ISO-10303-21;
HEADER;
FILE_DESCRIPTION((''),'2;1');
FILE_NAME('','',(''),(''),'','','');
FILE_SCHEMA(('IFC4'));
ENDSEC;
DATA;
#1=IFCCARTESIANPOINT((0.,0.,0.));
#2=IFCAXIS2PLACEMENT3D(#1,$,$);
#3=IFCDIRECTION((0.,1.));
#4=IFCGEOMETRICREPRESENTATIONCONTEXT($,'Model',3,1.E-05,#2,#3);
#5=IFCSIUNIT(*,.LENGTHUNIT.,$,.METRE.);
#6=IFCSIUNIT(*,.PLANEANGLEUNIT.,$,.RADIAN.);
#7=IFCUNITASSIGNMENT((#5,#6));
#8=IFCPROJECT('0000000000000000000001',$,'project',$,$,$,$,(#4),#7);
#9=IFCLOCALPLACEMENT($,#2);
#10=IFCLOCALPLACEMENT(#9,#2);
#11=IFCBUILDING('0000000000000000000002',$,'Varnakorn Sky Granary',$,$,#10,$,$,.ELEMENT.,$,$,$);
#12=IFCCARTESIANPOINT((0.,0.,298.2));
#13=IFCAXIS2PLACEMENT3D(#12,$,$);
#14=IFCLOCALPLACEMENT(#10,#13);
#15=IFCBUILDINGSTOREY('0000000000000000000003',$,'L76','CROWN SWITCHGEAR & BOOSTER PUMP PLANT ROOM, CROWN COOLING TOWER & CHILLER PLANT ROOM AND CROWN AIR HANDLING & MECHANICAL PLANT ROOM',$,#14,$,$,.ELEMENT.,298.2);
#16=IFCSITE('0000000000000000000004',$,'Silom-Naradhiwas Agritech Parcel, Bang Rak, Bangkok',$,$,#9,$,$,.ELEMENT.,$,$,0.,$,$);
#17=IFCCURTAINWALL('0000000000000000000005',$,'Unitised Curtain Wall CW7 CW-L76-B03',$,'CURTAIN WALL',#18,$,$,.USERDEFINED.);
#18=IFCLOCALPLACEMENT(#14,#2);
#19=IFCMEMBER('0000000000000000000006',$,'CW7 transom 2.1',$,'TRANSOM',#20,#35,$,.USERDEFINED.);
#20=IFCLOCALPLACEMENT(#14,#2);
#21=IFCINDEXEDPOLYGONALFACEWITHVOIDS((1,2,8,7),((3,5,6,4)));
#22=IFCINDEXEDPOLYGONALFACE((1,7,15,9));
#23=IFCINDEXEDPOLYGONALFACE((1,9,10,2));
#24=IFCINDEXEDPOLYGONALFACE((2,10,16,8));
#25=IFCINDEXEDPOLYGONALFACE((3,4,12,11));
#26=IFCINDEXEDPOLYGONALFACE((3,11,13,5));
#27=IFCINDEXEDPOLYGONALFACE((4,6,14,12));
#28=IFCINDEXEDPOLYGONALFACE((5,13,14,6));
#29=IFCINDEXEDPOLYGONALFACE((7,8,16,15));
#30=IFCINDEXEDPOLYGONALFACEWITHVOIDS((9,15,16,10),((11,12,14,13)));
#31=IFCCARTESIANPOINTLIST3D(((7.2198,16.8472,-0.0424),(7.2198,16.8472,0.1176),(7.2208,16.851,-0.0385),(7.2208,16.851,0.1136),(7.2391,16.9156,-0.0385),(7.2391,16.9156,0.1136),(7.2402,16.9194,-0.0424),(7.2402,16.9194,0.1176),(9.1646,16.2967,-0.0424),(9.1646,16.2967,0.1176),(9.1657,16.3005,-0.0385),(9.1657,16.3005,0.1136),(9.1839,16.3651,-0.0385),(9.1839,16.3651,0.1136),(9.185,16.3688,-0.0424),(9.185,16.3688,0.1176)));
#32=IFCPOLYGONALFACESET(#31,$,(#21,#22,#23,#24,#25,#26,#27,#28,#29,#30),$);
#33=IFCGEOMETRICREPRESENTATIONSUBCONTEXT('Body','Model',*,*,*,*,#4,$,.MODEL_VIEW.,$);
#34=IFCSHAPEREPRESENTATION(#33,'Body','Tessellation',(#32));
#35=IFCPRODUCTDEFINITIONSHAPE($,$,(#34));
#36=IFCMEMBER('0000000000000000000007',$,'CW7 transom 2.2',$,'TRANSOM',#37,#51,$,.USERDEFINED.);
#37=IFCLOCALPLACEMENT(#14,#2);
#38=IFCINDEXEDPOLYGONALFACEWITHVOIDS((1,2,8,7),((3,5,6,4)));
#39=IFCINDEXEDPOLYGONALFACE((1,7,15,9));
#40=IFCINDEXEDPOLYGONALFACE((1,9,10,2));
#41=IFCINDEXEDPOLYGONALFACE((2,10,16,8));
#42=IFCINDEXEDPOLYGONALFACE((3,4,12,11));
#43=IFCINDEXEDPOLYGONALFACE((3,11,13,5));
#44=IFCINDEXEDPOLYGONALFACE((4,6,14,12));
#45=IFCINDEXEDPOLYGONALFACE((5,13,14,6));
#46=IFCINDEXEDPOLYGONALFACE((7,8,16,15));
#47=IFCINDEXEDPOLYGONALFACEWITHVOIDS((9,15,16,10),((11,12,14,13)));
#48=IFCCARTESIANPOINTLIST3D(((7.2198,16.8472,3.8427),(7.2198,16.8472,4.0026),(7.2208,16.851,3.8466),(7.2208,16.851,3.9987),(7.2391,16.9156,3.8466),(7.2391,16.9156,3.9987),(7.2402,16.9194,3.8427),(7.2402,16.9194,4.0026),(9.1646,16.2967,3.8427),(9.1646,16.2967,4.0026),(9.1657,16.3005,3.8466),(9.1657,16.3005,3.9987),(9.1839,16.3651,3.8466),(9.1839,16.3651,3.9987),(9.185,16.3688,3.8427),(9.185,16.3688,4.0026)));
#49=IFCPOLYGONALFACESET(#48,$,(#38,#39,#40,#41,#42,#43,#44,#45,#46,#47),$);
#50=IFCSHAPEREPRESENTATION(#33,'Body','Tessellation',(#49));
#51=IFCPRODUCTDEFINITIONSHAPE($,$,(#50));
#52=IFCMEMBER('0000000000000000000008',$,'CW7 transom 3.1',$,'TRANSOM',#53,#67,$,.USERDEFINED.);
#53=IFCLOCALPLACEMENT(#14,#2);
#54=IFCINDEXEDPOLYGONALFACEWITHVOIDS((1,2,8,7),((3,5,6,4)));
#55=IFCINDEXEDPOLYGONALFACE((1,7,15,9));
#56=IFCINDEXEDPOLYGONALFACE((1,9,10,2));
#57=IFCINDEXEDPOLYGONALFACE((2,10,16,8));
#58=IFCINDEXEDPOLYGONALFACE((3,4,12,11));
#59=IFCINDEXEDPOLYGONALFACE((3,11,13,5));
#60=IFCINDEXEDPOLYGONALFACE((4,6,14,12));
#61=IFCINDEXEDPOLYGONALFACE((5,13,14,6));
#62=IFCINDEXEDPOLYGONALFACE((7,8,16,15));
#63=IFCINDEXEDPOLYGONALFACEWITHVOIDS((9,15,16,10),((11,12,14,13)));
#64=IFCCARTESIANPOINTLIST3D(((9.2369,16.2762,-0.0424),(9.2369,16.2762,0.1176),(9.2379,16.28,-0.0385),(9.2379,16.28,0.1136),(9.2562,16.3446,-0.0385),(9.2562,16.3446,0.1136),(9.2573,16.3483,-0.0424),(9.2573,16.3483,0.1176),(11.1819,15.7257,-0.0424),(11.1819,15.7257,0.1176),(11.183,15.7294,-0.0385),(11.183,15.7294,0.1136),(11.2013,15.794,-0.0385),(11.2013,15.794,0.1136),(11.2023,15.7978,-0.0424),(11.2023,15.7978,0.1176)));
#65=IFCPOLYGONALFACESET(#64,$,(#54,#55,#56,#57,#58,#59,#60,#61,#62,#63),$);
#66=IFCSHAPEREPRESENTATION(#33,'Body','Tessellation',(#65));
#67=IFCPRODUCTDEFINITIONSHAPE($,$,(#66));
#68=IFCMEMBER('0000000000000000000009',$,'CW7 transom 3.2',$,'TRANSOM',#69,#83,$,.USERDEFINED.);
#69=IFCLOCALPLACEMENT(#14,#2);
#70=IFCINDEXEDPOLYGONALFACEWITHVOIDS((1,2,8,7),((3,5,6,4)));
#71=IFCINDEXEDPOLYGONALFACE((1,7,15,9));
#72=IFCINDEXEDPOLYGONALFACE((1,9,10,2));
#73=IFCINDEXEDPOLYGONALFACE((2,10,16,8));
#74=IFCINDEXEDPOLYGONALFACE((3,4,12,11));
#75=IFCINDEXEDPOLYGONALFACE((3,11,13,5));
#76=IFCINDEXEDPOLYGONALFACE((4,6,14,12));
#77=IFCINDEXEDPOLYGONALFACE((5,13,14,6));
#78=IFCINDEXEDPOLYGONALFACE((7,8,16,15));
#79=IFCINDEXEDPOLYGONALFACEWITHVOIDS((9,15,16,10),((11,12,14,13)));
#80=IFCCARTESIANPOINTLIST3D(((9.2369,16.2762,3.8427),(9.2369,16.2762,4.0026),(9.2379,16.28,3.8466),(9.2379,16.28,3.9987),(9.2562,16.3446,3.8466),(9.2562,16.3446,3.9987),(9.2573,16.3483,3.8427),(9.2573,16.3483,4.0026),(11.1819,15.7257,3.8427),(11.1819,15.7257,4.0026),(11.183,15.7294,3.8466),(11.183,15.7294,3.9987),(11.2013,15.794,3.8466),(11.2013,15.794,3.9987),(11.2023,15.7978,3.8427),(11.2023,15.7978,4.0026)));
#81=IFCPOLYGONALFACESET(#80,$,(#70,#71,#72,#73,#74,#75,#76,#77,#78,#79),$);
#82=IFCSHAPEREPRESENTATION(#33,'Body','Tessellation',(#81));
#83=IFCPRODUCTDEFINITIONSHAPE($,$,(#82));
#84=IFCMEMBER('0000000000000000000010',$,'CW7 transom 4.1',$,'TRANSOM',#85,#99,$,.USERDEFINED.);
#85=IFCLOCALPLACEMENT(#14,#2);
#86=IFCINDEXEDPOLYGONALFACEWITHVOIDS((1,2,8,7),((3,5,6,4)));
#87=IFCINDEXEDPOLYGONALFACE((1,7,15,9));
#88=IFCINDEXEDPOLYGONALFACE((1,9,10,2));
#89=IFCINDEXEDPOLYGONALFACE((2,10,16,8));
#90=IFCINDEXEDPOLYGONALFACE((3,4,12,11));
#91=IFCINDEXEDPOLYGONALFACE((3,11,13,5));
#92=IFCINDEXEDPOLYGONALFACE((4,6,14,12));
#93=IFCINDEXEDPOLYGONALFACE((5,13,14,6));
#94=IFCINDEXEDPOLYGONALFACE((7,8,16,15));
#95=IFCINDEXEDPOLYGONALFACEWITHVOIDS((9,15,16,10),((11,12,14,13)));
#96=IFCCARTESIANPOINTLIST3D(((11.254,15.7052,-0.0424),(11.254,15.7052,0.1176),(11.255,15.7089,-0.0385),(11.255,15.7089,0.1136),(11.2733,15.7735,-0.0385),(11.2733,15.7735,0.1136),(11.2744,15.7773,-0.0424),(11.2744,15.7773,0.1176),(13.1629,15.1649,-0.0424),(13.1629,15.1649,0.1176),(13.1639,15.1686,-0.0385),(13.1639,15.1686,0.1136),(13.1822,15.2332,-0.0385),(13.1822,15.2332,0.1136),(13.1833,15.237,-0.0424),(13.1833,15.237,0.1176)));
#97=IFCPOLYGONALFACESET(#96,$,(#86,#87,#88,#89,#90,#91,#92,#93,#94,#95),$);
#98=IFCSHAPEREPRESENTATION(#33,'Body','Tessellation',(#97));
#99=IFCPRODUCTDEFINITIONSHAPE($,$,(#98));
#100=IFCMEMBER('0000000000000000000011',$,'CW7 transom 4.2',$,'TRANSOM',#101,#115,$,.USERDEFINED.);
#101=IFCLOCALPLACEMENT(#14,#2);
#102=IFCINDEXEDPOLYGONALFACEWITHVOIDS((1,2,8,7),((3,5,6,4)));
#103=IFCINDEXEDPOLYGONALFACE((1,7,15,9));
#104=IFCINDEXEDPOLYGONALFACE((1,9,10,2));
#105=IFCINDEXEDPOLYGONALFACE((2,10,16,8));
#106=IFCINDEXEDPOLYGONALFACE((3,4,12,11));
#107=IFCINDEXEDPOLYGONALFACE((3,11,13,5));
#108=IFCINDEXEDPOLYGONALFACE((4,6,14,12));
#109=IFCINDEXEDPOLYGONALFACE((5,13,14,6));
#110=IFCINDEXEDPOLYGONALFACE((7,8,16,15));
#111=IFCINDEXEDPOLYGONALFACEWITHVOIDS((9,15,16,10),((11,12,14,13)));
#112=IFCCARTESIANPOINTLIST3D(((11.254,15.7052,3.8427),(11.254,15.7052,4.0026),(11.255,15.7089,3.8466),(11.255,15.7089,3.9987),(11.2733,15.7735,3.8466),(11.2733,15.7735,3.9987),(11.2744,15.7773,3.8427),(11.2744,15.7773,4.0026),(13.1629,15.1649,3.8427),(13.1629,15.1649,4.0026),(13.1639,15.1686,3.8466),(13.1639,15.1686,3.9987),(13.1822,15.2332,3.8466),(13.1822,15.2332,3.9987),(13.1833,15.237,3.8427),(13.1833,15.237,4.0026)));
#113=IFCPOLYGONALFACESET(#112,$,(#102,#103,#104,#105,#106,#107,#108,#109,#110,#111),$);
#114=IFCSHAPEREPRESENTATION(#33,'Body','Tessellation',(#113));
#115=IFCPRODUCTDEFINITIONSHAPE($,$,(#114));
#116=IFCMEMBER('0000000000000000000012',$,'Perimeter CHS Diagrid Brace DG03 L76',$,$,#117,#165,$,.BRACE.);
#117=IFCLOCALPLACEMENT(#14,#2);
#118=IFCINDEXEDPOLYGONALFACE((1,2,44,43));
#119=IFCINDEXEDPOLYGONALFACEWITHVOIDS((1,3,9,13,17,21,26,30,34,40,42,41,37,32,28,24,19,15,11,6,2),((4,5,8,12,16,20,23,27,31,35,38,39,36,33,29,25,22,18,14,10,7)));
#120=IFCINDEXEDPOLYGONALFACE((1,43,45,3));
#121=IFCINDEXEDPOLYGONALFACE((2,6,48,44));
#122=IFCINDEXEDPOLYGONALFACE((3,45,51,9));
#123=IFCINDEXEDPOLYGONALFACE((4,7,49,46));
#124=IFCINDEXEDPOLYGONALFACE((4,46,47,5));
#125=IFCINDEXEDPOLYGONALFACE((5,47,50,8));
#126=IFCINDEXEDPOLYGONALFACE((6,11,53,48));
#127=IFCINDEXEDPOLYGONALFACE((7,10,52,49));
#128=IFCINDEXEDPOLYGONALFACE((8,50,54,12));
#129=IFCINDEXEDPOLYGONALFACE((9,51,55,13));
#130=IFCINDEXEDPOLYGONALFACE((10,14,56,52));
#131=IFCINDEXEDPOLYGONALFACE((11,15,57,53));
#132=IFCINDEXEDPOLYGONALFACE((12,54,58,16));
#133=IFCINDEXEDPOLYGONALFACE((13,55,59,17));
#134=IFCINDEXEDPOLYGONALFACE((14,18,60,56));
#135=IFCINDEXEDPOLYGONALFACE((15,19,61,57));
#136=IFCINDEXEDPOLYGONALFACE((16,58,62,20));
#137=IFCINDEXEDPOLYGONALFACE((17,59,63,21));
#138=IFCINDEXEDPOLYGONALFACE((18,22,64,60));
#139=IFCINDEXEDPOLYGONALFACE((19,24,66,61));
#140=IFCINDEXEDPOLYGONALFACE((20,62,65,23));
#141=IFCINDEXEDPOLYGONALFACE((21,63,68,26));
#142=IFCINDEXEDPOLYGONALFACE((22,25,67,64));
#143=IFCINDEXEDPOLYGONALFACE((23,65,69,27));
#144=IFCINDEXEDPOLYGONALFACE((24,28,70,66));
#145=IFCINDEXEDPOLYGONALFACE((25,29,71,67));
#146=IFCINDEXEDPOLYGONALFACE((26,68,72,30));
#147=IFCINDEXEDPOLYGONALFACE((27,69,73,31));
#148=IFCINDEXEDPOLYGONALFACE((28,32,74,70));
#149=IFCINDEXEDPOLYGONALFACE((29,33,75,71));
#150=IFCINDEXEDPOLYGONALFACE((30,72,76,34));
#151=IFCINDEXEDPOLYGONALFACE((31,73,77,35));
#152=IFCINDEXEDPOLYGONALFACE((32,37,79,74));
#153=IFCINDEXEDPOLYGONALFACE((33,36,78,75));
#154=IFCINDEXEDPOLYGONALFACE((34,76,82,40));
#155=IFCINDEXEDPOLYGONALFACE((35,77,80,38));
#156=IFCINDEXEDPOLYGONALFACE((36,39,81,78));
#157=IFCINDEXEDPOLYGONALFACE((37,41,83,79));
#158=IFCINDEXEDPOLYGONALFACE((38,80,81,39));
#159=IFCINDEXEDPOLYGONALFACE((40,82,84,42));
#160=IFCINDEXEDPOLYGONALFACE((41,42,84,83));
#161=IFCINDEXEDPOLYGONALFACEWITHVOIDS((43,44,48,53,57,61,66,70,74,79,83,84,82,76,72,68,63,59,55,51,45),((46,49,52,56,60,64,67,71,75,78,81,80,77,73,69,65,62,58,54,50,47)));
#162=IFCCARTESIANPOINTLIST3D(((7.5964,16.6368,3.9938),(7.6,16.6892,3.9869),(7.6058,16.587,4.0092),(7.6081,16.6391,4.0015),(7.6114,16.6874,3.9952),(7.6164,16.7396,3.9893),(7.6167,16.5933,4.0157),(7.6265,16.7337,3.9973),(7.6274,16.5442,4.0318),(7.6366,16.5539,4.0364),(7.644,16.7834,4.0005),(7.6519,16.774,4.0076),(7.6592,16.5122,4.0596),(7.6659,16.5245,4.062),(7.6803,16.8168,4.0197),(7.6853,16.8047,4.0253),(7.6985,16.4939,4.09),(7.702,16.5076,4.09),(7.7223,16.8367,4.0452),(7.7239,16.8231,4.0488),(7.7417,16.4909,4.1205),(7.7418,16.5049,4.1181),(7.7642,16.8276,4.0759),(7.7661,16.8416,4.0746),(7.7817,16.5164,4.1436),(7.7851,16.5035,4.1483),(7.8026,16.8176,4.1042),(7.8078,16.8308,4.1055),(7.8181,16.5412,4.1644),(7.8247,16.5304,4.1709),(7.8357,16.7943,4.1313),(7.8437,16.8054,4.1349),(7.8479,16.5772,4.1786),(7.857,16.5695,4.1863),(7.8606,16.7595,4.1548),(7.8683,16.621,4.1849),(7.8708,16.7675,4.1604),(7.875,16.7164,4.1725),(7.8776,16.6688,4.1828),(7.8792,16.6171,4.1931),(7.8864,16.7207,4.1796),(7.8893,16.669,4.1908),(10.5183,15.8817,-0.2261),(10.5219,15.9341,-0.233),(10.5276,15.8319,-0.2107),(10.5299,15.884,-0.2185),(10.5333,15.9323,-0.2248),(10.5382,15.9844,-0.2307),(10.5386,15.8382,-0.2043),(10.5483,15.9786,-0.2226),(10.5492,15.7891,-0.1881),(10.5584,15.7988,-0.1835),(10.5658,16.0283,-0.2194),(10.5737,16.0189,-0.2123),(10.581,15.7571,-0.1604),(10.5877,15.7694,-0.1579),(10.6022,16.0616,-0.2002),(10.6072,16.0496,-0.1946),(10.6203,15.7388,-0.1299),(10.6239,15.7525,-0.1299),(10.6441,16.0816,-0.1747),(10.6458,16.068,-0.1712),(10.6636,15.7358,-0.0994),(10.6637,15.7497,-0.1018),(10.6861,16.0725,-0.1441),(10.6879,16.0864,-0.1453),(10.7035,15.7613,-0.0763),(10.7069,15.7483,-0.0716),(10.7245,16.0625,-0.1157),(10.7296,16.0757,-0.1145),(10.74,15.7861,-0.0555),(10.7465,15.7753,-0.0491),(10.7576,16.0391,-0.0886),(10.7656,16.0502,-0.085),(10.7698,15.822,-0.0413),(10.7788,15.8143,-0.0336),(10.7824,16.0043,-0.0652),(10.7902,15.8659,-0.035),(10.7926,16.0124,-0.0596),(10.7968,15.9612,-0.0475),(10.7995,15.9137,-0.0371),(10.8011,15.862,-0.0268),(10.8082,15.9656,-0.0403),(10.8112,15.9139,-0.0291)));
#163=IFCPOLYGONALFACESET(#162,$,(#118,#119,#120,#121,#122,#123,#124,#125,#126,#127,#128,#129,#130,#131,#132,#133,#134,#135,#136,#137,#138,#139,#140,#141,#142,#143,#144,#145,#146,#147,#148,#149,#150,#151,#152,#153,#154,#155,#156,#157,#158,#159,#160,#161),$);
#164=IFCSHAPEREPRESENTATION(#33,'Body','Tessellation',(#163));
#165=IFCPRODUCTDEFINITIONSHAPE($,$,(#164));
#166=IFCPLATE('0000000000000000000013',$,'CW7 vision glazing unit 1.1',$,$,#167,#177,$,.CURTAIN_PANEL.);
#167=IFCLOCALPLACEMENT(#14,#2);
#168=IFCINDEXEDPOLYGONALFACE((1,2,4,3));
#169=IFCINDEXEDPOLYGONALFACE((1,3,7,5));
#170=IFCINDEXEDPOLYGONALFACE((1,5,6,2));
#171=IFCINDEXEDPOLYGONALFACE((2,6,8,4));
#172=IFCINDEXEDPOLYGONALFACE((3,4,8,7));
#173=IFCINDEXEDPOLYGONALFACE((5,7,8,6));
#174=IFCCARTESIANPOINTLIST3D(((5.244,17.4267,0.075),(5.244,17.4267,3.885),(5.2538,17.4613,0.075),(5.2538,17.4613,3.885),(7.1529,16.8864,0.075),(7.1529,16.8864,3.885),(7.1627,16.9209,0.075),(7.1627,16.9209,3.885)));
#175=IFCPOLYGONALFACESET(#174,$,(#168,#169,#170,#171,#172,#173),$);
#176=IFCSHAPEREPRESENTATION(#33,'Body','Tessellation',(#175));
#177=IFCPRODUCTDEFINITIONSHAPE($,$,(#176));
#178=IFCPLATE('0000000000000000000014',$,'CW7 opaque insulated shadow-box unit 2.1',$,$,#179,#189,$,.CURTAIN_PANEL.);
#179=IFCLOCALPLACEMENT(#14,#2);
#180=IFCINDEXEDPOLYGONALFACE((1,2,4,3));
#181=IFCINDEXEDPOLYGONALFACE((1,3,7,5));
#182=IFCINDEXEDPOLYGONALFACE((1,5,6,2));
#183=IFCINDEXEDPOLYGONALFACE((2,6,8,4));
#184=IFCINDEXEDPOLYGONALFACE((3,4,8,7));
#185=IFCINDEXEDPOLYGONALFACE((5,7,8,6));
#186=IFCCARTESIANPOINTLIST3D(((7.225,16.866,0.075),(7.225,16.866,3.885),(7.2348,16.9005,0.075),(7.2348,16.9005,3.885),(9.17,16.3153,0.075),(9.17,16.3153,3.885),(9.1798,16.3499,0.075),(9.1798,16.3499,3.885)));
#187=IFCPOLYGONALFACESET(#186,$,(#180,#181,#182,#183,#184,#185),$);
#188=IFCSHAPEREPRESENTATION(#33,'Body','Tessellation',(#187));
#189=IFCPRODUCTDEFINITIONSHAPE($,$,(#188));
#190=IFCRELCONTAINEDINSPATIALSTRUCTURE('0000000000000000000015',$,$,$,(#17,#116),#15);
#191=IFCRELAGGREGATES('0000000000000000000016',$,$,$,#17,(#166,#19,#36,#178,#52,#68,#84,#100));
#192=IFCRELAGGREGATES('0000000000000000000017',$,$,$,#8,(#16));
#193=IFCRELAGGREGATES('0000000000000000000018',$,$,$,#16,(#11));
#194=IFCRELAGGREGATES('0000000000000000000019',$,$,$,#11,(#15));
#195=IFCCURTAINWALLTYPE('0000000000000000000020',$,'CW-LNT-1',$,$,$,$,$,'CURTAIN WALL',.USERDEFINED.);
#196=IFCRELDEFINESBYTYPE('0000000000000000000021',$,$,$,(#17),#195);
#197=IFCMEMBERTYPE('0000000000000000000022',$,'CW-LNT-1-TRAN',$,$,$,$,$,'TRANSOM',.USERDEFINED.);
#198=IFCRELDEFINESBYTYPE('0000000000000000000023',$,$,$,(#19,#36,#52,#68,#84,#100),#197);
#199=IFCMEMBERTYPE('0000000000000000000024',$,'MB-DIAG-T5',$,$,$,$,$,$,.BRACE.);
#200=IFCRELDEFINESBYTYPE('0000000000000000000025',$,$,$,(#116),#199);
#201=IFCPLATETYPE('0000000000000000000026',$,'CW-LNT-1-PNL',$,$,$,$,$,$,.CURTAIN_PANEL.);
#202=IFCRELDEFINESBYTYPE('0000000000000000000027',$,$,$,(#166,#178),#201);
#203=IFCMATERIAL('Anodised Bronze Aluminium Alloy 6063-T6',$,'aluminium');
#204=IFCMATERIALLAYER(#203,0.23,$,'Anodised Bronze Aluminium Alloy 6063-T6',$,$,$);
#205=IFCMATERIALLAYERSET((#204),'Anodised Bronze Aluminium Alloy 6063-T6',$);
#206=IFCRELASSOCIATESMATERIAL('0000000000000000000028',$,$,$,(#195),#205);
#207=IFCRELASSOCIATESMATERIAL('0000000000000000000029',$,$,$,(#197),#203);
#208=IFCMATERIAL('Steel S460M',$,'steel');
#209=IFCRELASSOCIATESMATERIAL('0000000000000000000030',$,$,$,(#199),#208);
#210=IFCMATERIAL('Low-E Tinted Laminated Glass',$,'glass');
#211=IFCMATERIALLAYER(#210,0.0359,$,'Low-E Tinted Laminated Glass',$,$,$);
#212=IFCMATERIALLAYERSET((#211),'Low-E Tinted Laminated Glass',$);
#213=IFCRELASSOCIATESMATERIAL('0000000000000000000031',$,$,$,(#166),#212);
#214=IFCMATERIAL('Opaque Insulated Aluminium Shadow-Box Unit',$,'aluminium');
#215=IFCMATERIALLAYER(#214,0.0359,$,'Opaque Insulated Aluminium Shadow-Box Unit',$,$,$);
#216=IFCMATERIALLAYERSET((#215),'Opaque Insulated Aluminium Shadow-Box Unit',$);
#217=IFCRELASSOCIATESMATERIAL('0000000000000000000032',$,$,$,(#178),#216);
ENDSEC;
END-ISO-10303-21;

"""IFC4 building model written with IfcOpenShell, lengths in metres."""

from ifc_helpers import new_model, si_unit, direction, frame, origin, origin_2d, place, context, subcontext, project, spatial, rectangle, hollow_rectangle, hollow_circle, extrude, source, transform, mapped, material, layer, layer_set, material_profile, profile_set, type_object, type_shapes, element, aggregate, save


model = new_model("IFC4")

# Units and contexts
model_context = context("Model", 3, precision=1e-05, world=origin(), true_north=direction((0.0, 1.0)))
body_context = subcontext(model_context, "Body", "Model", "MODEL_VIEW")
ifc_project = project(units=[si_unit("LENGTHUNIT", "METRE"), si_unit("PLANEANGLEUNIT", "RADIAN")], contexts=[model_context])

# Site, building, storey
site_placement = place(None, origin())
site = spatial("IfcSite", under=ifc_project, at=site_placement, Name="Silom-Naradhiwas Agritech Parcel, Bang Rak, Bangkok", CompositionType="ELEMENT", RefElevation=0.0)
building_placement = place(site_placement, origin())
building = spatial("IfcBuilding", under=site, at=building_placement, Name="Varnakorn Sky Granary", CompositionType="ELEMENT")
storey_placement = place(building_placement, frame((0.0, 0.0, 298.2)))
storey = spatial("IfcBuildingStorey", under=building, at=storey_placement, Name="L76", Description="CROWN SWITCHGEAR & BOOSTER PUMP PLANT ROOM, CROWN COOLING TOWER & CHILLER PLANT ROOM AND CROWN AIR HANDLING & MECHANICAL PLANT ROOM", CompositionType="ELEMENT", Elevation=298.2)

# Curtain wall, members
ifc_material_1 = material(Name="Anodised Bronze Aluminium Alloy 6063-T6", Category="aluminium")
ifc_layer_1 = layer(ifc_material_1, 0.23, Name="Anodised Bronze Aluminium Alloy 6063-T6")
ifc_layer_set_1 = layer_set([ifc_layer_1], Name="Anodised Bronze Aluminium Alloy 6063-T6")
curtain_wall_type = type_object("IfcCurtainWallType", Name="CW-LNT-1", ElementType="CURTAIN WALL", PredefinedType="USERDEFINED", material=ifc_layer_set_1)
curtain_wall_placement = place(storey_placement, origin())
curtain_wall = element("IfcCurtainWall", 1, at=curtain_wall_placement, inside=storey, type_object=curtain_wall_type, Name="Unitised Curtain Wall CW7 CW-L76-B03", ObjectType="CURTAIN WALL", PredefinedType="USERDEFINED")
ifc_material_profile_1 = material_profile(ifc_material_1, hollow_rectangle(XDim=0.075, YDim=0.1599, WallThickness=0.0039, at=origin_2d()), Name="ALU TRAN 75x160")
ifc_profile_set_1 = profile_set([ifc_material_profile_1], Name="Anodised Bronze Aluminium Alloy 6063-T6")
member_type_1 = type_object("IfcMemberType", Name="CW-LNT-1-TRAN", ElementType="TRANSOM", PredefinedType="USERDEFINED", material=ifc_profile_set_1)
member_1_placement = place(storey_placement, frame((7.23, 16.8833, 0.0376), z_axis=(0.962191, -0.272375, 0.0), x_axis=(0.272375, 0.962191, 0.0)))
member_1 = element("IfcMember", 2, at=member_1_placement, type_object=member_type_1, Name="CW7 transom 2.1", ObjectType="TRANSOM", PredefinedType="USERDEFINED", context=body_context, shape_type="SweptSolid", body=[
    extrude(hollow_rectangle(XDim=0.075, YDim=0.1599, WallThickness=0.0039, at=origin_2d()), origin(), (0.0, 0.0, 1.0), 2.0212),
])
member_2_placement = place(storey_placement, frame((7.23, 16.8833, 3.9226), z_axis=(0.962191, -0.272375, 0.0), x_axis=(0.272375, 0.962191, 0.0)))
member_2 = element("IfcMember", 3, at=member_2_placement, type_object=member_type_1, Name="CW7 transom 2.2", ObjectType="TRANSOM", PredefinedType="USERDEFINED", context=body_context, shape_type="SweptSolid", body=[
    extrude(hollow_rectangle(XDim=0.075, YDim=0.1599, WallThickness=0.0039, at=origin_2d()), origin(), (0.0, 0.0, 1.0), 2.0212),
])
member_3_placement = place(storey_placement, frame((9.2471, 16.3123, 0.0376), z_axis=(0.9622, -0.272344, 0.0), x_axis=(0.272344, 0.9622, 0.0)))
member_3 = element("IfcMember", 4, at=member_3_placement, type_object=member_type_1, Name="CW7 transom 3.1", ObjectType="TRANSOM", PredefinedType="USERDEFINED", context=body_context, shape_type="SweptSolid", body=[
    extrude(hollow_rectangle(XDim=0.075, YDim=0.1599, WallThickness=0.0039, at=origin_2d()), origin(), (0.0, 0.0, 1.0), 2.0215),
])
member_4_placement = place(storey_placement, frame((9.2471, 16.3123, 3.9226), z_axis=(0.9622, -0.272344, 0.0), x_axis=(0.272344, 0.9622, 0.0)))
member_4 = element("IfcMember", 5, at=member_4_placement, type_object=member_type_1, Name="CW7 transom 3.2", ObjectType="TRANSOM", PredefinedType="USERDEFINED", context=body_context, shape_type="SweptSolid", body=[
    extrude(hollow_rectangle(XDim=0.075, YDim=0.1599, WallThickness=0.0039, at=origin_2d()), origin(), (0.0, 0.0, 1.0), 2.0215),
])
member_5_placement = place(storey_placement, frame((11.2642, 15.7412, 0.0376), z_axis=(0.962204, -0.272331, 0.0), x_axis=(0.272331, 0.962204, 0.0)))
member_5 = element("IfcMember", 6, at=member_5_placement, type_object=member_type_1, Name="CW7 transom 4.1", ObjectType="TRANSOM", PredefinedType="USERDEFINED", context=body_context, shape_type="SweptSolid", body=[
    extrude(hollow_rectangle(XDim=0.075, YDim=0.1599, WallThickness=0.0039, at=origin_2d()), origin(), (0.0, 0.0, 1.0), 1.9839),
])
member_6_placement = place(storey_placement, frame((11.2642, 15.7412, 3.9226), z_axis=(0.962204, -0.272331, 0.0), x_axis=(0.272331, 0.962204, 0.0)))
member_6 = element("IfcMember", 7, at=member_6_placement, type_object=member_type_1, Name="CW7 transom 4.2", ObjectType="TRANSOM", PredefinedType="USERDEFINED", context=body_context, shape_type="SweptSolid", body=[
    extrude(hollow_rectangle(XDim=0.075, YDim=0.1599, WallThickness=0.0039, at=origin_2d()), origin(), (0.0, 0.0, 1.0), 1.9839),
])

# Member
ifc_material_2 = material(Name="Steel S460M", Category="steel")
ifc_material_profile_2 = material_profile(ifc_material_2, hollow_circle(Radius=0.1777, WallThickness=0.0142, at=origin_2d()), Name="CHS 355.6x14")
ifc_profile_set_2 = profile_set([ifc_material_profile_2], Name="Steel S460M")
member_type_2 = type_object("IfcMemberType", Name="MB-DIAG-T5", PredefinedType="BRACE", material=ifc_profile_set_2)
member_7_placement = place(storey_placement, frame((10.6648, 15.9109, -0.1299), z_axis=(-0.563195, 0.145552, 0.813404), x_axis=(-0.250218, -0.968189, 0.0)))
element("IfcMember", 8, at=member_7_placement, inside=storey, type_object=member_type_2, Name="Perimeter CHS Diagrid Brace DG03 L76", PredefinedType="BRACE", context=body_context, shape_type="SweptSolid", body=[
    extrude(hollow_circle(Radius=0.1777, WallThickness=0.0142, at=origin_2d()), origin(), (0.0, 0.0, 1.0), 5.188),
])

# Plates
ifc_material_3 = material(Name="Low-E Tinted Laminated Glass", Category="glass")
ifc_layer_2 = layer(ifc_material_3, 0.0359, Name="Low-E Tinted Laminated Glass")
ifc_layer_set_2 = layer_set([ifc_layer_2], Name="Low-E Tinted Laminated Glass")
plate_type = type_object("IfcPlateType", Name="CW-LNT-1-PNL", PredefinedType="CURTAIN_PANEL")
shared_shape_1 = source(origin(), body_context, "Body", "SweptSolid", [
    extrude(rectangle(XDim=1.9839, YDim=0.0359, at=origin_2d()), origin(), (0.0, 0.0, 1.0), 3.8101),
])
plate_1_placement = place(storey_placement, frame((6.2034, 17.1738, 0.075), z_axis=(0.0, 0.0, 1.0), x_axis=(0.962189, -0.272381, 0.0)))
plate_1 = element("IfcPlate", 9, at=plate_1_placement, type_object=plate_type, material=ifc_layer_set_2, Name="CW7 vision glazing unit 1.1", PredefinedType="CURTAIN_PANEL", context=body_context, shape_type="MappedRepresentation", body=[
    mapped(shared_shape_1, transform((0.0, 0.0, 0.0), x_axis=(1.0, 0.0, 0.0), y_axis=(0.0, 1.0, 0.0), z_axis=(0.0, 0.0, 1.0), scale=1.0)),
])
ifc_material_4 = material(Name="Opaque Insulated Aluminium Shadow-Box Unit", Category="aluminium")
ifc_layer_3 = layer(ifc_material_4, 0.0359, Name="Opaque Insulated Aluminium Shadow-Box Unit")
ifc_layer_set_3 = layer_set([ifc_layer_3], Name="Opaque Insulated Aluminium Shadow-Box Unit")
shared_shape_2 = source(origin(), body_context, "Body", "SweptSolid", [
    extrude(rectangle(XDim=2.0215, YDim=0.0359, at=origin_2d()), origin(), (0.0, 0.0, 1.0), 3.8101),
])
type_shapes(plate_type, [shared_shape_1, shared_shape_2])
plate_2_placement = place(storey_placement, frame((8.2024, 16.6079, 0.075), z_axis=(0.0, 0.0, 1.0), x_axis=(0.962189, -0.272381, 0.0)))
plate_2 = element("IfcPlate", 10, at=plate_2_placement, type_object=plate_type, material=ifc_layer_set_3, Name="CW7 opaque insulated shadow-box unit 2.1", PredefinedType="CURTAIN_PANEL", context=body_context, shape_type="MappedRepresentation", body=[
    mapped(shared_shape_2, transform((0.0, 0.0, 0.0), x_axis=(1.0, 0.0, 0.0), y_axis=(0.0, 1.0, 0.0), z_axis=(0.0, 0.0, 1.0), scale=1.0)),
])
aggregate(curtain_wall, [plate_1, member_1, member_2, plate_2, member_3, member_4, member_5, member_6])

save(model, "model.ifc")
